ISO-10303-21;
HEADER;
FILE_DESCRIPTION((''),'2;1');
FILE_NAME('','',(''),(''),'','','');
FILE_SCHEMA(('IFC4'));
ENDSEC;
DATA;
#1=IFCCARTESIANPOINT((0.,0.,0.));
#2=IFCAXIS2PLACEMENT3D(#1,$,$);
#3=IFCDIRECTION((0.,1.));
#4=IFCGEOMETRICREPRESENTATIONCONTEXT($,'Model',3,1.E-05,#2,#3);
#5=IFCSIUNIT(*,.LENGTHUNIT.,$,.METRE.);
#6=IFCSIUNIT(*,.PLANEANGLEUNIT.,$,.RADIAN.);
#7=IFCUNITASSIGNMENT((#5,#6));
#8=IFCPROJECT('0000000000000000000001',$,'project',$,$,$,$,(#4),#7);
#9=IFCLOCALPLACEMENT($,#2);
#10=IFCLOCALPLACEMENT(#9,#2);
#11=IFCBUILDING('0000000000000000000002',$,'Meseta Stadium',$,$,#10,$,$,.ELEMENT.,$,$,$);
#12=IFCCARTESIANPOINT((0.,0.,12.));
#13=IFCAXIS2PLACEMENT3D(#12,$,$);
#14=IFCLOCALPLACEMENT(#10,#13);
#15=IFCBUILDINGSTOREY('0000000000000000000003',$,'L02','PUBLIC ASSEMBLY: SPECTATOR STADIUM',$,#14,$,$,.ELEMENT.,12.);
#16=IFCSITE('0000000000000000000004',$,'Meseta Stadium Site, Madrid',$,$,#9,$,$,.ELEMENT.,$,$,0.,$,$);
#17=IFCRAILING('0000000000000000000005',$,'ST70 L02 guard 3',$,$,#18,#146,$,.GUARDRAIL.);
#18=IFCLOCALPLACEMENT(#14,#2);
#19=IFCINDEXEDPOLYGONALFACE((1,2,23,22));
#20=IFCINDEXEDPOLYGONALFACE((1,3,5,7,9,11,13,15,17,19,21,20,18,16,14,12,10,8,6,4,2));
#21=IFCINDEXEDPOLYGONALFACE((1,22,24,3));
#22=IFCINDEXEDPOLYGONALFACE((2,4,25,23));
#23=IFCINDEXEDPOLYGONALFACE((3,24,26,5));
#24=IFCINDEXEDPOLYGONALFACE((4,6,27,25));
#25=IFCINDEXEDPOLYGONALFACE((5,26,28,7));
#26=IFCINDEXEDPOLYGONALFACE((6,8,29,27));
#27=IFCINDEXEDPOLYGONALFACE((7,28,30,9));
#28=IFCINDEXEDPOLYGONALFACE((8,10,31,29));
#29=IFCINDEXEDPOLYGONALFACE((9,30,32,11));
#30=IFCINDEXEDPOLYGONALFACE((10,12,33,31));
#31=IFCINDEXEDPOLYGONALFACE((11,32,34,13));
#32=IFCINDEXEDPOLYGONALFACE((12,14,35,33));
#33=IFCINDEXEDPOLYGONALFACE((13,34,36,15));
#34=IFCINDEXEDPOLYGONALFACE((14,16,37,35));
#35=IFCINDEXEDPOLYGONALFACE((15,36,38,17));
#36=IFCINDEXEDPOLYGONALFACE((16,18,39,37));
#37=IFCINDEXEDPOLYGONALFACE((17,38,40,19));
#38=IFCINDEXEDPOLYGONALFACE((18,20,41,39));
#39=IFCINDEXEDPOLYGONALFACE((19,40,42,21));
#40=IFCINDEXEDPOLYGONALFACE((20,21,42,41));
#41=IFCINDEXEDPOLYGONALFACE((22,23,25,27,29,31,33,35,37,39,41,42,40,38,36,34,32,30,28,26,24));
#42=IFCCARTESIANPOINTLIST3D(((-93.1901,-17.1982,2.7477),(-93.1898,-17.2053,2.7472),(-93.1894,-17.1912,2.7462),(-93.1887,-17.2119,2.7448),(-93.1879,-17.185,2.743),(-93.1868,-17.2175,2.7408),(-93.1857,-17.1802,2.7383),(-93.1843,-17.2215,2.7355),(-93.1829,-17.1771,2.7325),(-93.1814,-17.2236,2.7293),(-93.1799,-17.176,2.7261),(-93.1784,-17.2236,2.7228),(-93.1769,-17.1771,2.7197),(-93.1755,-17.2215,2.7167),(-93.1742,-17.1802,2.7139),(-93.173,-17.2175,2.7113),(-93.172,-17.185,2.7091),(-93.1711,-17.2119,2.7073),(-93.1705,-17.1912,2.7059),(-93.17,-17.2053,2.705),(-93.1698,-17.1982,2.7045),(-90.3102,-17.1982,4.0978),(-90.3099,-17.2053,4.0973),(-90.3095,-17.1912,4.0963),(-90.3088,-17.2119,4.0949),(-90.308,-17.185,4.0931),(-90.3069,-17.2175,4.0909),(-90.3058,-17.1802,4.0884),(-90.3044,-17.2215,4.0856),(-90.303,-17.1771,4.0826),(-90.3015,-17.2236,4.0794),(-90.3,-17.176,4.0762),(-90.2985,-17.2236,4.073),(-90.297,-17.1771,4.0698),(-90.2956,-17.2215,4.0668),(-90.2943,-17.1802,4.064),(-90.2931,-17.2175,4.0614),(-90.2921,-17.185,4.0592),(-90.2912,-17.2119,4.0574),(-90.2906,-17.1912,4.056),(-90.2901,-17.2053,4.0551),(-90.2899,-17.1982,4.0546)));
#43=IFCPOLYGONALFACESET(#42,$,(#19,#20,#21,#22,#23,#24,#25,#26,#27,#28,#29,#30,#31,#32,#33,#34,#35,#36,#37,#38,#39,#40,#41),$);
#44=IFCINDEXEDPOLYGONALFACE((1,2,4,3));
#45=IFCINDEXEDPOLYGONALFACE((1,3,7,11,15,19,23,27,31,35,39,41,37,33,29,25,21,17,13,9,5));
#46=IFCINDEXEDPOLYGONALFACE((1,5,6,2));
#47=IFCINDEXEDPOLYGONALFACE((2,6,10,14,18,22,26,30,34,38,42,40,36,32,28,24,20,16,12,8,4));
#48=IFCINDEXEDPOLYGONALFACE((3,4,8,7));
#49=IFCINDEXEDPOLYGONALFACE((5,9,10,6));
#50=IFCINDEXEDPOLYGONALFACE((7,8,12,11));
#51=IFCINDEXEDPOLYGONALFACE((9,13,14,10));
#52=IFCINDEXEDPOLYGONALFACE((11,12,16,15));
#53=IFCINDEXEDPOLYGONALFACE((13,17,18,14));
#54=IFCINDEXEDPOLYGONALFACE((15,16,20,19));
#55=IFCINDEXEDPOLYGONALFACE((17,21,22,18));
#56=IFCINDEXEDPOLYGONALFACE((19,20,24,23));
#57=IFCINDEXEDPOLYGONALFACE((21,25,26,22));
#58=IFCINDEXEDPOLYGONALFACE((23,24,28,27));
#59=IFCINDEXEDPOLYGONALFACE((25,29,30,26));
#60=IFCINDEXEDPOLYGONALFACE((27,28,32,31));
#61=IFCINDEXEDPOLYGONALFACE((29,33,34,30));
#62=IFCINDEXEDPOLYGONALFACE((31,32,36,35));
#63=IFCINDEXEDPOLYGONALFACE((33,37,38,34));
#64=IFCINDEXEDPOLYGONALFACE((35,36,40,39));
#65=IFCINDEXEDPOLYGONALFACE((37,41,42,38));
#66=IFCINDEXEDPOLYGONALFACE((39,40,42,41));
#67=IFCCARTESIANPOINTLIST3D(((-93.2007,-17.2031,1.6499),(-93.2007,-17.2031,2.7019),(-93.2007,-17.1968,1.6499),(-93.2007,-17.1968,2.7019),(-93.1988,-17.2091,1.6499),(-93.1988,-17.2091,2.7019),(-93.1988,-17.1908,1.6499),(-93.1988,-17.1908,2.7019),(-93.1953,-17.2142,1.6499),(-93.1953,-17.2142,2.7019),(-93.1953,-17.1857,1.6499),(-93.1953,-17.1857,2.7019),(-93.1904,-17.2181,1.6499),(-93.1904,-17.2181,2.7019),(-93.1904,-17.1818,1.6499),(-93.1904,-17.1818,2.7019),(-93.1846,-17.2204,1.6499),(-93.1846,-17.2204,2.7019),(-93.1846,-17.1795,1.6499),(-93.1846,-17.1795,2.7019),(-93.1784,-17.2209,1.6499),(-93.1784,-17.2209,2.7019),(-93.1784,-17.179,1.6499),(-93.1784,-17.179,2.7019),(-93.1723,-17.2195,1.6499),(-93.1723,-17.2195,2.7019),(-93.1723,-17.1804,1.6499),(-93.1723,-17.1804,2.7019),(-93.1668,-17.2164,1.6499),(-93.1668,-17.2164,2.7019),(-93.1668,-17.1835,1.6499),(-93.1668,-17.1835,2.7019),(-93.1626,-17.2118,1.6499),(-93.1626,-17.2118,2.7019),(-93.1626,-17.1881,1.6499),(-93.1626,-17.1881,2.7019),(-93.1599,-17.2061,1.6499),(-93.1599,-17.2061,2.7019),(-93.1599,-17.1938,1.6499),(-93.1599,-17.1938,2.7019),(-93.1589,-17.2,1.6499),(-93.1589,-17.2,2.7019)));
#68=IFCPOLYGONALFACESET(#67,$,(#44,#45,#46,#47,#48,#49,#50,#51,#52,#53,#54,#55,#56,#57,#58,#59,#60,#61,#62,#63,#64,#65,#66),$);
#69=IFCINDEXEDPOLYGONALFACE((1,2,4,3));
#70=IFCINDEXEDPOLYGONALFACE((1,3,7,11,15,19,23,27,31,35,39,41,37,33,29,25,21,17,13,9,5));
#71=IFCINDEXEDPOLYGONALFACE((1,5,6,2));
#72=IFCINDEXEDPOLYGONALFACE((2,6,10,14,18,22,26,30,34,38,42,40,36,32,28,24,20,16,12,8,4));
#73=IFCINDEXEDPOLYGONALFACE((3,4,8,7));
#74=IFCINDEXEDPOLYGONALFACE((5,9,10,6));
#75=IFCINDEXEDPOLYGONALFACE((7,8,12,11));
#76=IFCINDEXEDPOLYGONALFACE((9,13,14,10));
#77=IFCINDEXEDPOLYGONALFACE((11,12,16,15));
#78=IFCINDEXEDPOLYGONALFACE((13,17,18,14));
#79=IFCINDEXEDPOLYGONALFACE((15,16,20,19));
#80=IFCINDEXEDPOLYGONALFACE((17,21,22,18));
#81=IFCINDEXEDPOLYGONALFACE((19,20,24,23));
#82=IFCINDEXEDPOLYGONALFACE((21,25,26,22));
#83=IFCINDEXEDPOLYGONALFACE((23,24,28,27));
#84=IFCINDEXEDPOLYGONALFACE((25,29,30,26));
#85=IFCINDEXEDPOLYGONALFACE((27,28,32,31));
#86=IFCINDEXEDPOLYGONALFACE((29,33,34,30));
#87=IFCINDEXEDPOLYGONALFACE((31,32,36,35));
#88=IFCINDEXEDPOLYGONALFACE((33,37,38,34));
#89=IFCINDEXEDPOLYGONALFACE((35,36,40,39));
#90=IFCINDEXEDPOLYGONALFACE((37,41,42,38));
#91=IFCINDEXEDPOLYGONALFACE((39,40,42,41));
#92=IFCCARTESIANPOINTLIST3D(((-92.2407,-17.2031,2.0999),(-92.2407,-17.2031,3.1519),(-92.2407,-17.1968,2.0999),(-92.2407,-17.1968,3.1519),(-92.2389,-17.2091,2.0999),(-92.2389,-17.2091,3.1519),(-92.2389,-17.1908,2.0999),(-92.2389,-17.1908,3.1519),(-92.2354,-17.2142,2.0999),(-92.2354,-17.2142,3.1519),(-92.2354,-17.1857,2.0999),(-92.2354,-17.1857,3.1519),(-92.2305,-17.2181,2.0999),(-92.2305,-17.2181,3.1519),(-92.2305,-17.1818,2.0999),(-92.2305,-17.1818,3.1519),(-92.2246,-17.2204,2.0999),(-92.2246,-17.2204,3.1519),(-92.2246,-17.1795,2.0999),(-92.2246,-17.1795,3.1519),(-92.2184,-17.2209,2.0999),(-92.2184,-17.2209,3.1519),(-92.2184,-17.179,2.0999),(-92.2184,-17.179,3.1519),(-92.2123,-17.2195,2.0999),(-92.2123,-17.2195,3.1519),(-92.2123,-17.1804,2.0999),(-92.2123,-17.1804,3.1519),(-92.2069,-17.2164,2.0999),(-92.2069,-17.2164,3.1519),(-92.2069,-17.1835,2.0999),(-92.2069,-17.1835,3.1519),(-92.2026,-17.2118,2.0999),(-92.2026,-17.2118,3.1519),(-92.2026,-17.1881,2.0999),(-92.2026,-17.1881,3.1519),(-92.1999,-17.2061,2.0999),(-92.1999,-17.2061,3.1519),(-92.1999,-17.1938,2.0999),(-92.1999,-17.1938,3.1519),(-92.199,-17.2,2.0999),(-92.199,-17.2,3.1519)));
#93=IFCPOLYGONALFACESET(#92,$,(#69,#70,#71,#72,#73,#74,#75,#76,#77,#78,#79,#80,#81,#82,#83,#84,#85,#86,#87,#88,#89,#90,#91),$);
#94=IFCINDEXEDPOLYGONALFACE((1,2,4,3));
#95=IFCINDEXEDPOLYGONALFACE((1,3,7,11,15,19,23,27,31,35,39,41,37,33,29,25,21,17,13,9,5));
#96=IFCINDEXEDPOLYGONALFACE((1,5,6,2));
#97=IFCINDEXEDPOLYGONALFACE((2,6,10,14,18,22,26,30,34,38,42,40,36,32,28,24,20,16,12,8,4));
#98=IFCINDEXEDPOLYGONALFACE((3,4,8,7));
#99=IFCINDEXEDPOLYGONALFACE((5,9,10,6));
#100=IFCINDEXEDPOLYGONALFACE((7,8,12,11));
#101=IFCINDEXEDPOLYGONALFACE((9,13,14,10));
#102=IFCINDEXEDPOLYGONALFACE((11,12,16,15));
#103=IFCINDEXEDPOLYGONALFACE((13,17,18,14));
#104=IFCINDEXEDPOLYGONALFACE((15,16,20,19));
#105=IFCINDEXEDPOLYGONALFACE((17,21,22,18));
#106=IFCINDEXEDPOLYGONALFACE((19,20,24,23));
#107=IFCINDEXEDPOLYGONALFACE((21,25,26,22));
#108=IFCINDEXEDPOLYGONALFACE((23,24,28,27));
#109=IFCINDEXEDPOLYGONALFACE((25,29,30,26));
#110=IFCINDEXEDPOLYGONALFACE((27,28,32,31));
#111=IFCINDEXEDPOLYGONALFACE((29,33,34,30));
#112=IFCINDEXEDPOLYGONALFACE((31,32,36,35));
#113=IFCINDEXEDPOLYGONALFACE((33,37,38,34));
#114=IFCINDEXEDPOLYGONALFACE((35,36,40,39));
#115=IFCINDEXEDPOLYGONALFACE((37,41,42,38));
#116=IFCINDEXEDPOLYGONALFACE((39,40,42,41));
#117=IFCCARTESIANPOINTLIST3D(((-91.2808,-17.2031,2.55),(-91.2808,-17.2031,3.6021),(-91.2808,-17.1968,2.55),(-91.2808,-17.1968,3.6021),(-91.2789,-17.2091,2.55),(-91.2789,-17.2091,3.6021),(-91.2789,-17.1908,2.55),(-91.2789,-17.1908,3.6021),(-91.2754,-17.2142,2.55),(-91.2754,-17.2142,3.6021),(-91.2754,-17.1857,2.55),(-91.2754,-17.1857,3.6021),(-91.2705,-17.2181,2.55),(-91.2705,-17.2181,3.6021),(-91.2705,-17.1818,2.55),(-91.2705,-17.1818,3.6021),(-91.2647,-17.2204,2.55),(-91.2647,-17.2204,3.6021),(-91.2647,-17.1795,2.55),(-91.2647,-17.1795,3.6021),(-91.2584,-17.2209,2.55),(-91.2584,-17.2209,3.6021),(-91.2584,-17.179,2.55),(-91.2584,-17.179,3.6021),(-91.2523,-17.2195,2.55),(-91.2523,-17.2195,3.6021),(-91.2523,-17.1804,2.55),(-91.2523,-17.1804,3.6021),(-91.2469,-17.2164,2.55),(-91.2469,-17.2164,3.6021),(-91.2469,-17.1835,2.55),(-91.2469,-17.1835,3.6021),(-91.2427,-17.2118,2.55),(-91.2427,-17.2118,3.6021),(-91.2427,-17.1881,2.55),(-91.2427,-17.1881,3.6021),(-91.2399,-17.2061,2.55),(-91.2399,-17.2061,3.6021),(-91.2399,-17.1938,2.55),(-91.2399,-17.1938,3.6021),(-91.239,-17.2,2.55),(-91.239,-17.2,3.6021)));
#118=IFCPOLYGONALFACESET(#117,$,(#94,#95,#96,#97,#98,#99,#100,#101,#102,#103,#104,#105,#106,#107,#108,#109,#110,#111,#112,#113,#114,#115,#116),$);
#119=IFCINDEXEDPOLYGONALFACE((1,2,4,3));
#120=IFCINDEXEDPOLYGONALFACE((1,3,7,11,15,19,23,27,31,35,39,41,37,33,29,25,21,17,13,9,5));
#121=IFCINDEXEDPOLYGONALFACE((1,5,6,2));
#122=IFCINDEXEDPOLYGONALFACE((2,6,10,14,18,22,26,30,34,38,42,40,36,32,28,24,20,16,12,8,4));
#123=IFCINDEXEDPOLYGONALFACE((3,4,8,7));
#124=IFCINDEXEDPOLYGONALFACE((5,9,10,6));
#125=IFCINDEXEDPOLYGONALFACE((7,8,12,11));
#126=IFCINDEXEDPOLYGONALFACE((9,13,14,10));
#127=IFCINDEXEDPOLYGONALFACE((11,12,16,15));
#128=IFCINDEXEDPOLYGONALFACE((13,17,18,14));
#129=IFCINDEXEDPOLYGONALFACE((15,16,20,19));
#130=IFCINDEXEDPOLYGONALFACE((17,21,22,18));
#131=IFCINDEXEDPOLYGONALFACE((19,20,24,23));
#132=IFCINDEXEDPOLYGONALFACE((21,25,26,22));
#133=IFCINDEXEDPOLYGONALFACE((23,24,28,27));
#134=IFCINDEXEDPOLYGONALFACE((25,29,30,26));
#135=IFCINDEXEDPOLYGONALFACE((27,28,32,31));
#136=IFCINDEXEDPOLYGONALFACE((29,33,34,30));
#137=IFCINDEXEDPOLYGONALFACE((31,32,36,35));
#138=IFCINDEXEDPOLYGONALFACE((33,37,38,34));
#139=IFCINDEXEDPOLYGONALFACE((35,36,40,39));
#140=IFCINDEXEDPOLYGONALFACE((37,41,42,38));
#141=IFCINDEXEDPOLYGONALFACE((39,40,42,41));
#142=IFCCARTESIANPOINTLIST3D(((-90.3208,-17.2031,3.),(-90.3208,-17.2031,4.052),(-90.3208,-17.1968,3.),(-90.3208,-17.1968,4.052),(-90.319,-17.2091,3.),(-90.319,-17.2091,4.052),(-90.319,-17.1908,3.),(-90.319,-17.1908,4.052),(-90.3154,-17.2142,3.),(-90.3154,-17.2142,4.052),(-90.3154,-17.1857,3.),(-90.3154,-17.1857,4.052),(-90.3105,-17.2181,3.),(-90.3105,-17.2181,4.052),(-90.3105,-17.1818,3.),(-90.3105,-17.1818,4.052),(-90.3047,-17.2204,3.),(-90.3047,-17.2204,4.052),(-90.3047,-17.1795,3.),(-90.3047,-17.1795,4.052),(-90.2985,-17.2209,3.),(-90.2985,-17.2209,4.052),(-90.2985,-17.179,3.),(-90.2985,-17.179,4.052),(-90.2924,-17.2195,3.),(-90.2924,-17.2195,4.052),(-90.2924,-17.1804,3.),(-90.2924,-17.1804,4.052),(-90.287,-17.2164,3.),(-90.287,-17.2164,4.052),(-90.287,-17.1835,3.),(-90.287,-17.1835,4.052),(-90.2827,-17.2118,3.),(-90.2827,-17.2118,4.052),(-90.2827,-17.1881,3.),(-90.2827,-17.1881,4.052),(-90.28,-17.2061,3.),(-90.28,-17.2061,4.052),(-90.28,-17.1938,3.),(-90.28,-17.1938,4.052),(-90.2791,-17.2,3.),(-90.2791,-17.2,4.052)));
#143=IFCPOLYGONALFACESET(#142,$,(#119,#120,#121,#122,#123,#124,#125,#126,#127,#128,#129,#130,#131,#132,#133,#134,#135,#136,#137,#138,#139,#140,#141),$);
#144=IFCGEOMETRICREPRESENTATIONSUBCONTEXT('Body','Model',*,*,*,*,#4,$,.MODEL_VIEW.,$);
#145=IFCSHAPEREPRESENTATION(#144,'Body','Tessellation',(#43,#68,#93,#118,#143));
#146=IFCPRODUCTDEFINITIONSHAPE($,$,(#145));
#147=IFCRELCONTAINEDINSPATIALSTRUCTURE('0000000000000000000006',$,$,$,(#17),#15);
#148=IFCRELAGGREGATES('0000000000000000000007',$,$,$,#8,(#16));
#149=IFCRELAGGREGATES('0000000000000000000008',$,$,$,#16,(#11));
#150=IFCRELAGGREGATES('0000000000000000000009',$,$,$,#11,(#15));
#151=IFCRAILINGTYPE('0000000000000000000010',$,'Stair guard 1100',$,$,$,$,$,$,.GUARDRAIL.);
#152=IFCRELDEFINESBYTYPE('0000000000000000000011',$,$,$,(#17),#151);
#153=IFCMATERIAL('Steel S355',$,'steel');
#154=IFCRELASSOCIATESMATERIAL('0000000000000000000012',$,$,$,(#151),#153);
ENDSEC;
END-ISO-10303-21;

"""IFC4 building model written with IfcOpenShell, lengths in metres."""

from ifc_helpers import new_model, si_unit, direction, frame, origin, origin_2d, place, context, subcontext, project, spatial, circle, extrude, material, type_object, element, save


model = new_model("IFC4")

# Units and contexts
model_context = context("Model", 3, precision=1e-05, world=origin(), true_north=direction((0.0, 1.0)))
body_context = subcontext(model_context, "Body", "Model", "MODEL_VIEW")
ifc_project = project(units=[si_unit("LENGTHUNIT", "METRE"), si_unit("PLANEANGLEUNIT", "RADIAN")], contexts=[model_context])

# Site, building, storey
site_placement = place(None, origin())
site = spatial("IfcSite", under=ifc_project, at=site_placement, Name="Meseta Stadium Site, Madrid", CompositionType="ELEMENT", RefElevation=0.0)
building_placement = place(site_placement, origin())
building = spatial("IfcBuilding", under=site, at=building_placement, Name="Meseta Stadium", CompositionType="ELEMENT")
storey_placement = place(building_placement, frame((0.0, 0.0, 12.0)))
storey = spatial("IfcBuildingStorey", under=building, at=storey_placement, Name="L02", Description="PUBLIC ASSEMBLY: SPECTATOR STADIUM", CompositionType="ELEMENT", Elevation=12.0)

# Railing
ifc_material_1 = material(Name="Steel S355", Category="steel")
railing_type_1 = type_object("IfcRailingType", Name="Stair guard 1100", PredefinedType="GUARDRAIL", material=ifc_material_1)
railing_placement = place(storey_placement, frame((-93.1799, -17.2, 1.6499)))
element("IfcRailing", 1, at=railing_placement, inside=storey, type_object=railing_type_1, Name="ST70 L02 guard 3", PredefinedType="GUARDRAIL", context=body_context, shape_type="SweptSolid", body=[
    extrude(circle(Radius=0.0239, at=origin_2d()), frame((0.0, 0.0, 1.0762), z_axis=(0.90544, 0.0, 0.424473), x_axis=(0.0, 1.0, 0.0)), (0.0, 0.0, 1.0), 3.1807),
    extrude(circle(Radius=0.021, at=origin_2d()), origin(), (0.0, 0.0, 1.0), 1.052),
    extrude(circle(Radius=0.021, at=origin_2d()), frame((0.96, 0.0, 0.45)), (0.0, 0.0, 1.0), 1.052),
    extrude(circle(Radius=0.021, at=origin_2d()), frame((1.9199, 0.0, 0.9001)), (0.0, 0.0, 1.0), 1.052),
    extrude(circle(Radius=0.021, at=origin_2d()), frame((2.8799, 0.0, 1.3501)), (0.0, 0.0, 1.0), 1.052),
])

save(model, "model.ifc")
